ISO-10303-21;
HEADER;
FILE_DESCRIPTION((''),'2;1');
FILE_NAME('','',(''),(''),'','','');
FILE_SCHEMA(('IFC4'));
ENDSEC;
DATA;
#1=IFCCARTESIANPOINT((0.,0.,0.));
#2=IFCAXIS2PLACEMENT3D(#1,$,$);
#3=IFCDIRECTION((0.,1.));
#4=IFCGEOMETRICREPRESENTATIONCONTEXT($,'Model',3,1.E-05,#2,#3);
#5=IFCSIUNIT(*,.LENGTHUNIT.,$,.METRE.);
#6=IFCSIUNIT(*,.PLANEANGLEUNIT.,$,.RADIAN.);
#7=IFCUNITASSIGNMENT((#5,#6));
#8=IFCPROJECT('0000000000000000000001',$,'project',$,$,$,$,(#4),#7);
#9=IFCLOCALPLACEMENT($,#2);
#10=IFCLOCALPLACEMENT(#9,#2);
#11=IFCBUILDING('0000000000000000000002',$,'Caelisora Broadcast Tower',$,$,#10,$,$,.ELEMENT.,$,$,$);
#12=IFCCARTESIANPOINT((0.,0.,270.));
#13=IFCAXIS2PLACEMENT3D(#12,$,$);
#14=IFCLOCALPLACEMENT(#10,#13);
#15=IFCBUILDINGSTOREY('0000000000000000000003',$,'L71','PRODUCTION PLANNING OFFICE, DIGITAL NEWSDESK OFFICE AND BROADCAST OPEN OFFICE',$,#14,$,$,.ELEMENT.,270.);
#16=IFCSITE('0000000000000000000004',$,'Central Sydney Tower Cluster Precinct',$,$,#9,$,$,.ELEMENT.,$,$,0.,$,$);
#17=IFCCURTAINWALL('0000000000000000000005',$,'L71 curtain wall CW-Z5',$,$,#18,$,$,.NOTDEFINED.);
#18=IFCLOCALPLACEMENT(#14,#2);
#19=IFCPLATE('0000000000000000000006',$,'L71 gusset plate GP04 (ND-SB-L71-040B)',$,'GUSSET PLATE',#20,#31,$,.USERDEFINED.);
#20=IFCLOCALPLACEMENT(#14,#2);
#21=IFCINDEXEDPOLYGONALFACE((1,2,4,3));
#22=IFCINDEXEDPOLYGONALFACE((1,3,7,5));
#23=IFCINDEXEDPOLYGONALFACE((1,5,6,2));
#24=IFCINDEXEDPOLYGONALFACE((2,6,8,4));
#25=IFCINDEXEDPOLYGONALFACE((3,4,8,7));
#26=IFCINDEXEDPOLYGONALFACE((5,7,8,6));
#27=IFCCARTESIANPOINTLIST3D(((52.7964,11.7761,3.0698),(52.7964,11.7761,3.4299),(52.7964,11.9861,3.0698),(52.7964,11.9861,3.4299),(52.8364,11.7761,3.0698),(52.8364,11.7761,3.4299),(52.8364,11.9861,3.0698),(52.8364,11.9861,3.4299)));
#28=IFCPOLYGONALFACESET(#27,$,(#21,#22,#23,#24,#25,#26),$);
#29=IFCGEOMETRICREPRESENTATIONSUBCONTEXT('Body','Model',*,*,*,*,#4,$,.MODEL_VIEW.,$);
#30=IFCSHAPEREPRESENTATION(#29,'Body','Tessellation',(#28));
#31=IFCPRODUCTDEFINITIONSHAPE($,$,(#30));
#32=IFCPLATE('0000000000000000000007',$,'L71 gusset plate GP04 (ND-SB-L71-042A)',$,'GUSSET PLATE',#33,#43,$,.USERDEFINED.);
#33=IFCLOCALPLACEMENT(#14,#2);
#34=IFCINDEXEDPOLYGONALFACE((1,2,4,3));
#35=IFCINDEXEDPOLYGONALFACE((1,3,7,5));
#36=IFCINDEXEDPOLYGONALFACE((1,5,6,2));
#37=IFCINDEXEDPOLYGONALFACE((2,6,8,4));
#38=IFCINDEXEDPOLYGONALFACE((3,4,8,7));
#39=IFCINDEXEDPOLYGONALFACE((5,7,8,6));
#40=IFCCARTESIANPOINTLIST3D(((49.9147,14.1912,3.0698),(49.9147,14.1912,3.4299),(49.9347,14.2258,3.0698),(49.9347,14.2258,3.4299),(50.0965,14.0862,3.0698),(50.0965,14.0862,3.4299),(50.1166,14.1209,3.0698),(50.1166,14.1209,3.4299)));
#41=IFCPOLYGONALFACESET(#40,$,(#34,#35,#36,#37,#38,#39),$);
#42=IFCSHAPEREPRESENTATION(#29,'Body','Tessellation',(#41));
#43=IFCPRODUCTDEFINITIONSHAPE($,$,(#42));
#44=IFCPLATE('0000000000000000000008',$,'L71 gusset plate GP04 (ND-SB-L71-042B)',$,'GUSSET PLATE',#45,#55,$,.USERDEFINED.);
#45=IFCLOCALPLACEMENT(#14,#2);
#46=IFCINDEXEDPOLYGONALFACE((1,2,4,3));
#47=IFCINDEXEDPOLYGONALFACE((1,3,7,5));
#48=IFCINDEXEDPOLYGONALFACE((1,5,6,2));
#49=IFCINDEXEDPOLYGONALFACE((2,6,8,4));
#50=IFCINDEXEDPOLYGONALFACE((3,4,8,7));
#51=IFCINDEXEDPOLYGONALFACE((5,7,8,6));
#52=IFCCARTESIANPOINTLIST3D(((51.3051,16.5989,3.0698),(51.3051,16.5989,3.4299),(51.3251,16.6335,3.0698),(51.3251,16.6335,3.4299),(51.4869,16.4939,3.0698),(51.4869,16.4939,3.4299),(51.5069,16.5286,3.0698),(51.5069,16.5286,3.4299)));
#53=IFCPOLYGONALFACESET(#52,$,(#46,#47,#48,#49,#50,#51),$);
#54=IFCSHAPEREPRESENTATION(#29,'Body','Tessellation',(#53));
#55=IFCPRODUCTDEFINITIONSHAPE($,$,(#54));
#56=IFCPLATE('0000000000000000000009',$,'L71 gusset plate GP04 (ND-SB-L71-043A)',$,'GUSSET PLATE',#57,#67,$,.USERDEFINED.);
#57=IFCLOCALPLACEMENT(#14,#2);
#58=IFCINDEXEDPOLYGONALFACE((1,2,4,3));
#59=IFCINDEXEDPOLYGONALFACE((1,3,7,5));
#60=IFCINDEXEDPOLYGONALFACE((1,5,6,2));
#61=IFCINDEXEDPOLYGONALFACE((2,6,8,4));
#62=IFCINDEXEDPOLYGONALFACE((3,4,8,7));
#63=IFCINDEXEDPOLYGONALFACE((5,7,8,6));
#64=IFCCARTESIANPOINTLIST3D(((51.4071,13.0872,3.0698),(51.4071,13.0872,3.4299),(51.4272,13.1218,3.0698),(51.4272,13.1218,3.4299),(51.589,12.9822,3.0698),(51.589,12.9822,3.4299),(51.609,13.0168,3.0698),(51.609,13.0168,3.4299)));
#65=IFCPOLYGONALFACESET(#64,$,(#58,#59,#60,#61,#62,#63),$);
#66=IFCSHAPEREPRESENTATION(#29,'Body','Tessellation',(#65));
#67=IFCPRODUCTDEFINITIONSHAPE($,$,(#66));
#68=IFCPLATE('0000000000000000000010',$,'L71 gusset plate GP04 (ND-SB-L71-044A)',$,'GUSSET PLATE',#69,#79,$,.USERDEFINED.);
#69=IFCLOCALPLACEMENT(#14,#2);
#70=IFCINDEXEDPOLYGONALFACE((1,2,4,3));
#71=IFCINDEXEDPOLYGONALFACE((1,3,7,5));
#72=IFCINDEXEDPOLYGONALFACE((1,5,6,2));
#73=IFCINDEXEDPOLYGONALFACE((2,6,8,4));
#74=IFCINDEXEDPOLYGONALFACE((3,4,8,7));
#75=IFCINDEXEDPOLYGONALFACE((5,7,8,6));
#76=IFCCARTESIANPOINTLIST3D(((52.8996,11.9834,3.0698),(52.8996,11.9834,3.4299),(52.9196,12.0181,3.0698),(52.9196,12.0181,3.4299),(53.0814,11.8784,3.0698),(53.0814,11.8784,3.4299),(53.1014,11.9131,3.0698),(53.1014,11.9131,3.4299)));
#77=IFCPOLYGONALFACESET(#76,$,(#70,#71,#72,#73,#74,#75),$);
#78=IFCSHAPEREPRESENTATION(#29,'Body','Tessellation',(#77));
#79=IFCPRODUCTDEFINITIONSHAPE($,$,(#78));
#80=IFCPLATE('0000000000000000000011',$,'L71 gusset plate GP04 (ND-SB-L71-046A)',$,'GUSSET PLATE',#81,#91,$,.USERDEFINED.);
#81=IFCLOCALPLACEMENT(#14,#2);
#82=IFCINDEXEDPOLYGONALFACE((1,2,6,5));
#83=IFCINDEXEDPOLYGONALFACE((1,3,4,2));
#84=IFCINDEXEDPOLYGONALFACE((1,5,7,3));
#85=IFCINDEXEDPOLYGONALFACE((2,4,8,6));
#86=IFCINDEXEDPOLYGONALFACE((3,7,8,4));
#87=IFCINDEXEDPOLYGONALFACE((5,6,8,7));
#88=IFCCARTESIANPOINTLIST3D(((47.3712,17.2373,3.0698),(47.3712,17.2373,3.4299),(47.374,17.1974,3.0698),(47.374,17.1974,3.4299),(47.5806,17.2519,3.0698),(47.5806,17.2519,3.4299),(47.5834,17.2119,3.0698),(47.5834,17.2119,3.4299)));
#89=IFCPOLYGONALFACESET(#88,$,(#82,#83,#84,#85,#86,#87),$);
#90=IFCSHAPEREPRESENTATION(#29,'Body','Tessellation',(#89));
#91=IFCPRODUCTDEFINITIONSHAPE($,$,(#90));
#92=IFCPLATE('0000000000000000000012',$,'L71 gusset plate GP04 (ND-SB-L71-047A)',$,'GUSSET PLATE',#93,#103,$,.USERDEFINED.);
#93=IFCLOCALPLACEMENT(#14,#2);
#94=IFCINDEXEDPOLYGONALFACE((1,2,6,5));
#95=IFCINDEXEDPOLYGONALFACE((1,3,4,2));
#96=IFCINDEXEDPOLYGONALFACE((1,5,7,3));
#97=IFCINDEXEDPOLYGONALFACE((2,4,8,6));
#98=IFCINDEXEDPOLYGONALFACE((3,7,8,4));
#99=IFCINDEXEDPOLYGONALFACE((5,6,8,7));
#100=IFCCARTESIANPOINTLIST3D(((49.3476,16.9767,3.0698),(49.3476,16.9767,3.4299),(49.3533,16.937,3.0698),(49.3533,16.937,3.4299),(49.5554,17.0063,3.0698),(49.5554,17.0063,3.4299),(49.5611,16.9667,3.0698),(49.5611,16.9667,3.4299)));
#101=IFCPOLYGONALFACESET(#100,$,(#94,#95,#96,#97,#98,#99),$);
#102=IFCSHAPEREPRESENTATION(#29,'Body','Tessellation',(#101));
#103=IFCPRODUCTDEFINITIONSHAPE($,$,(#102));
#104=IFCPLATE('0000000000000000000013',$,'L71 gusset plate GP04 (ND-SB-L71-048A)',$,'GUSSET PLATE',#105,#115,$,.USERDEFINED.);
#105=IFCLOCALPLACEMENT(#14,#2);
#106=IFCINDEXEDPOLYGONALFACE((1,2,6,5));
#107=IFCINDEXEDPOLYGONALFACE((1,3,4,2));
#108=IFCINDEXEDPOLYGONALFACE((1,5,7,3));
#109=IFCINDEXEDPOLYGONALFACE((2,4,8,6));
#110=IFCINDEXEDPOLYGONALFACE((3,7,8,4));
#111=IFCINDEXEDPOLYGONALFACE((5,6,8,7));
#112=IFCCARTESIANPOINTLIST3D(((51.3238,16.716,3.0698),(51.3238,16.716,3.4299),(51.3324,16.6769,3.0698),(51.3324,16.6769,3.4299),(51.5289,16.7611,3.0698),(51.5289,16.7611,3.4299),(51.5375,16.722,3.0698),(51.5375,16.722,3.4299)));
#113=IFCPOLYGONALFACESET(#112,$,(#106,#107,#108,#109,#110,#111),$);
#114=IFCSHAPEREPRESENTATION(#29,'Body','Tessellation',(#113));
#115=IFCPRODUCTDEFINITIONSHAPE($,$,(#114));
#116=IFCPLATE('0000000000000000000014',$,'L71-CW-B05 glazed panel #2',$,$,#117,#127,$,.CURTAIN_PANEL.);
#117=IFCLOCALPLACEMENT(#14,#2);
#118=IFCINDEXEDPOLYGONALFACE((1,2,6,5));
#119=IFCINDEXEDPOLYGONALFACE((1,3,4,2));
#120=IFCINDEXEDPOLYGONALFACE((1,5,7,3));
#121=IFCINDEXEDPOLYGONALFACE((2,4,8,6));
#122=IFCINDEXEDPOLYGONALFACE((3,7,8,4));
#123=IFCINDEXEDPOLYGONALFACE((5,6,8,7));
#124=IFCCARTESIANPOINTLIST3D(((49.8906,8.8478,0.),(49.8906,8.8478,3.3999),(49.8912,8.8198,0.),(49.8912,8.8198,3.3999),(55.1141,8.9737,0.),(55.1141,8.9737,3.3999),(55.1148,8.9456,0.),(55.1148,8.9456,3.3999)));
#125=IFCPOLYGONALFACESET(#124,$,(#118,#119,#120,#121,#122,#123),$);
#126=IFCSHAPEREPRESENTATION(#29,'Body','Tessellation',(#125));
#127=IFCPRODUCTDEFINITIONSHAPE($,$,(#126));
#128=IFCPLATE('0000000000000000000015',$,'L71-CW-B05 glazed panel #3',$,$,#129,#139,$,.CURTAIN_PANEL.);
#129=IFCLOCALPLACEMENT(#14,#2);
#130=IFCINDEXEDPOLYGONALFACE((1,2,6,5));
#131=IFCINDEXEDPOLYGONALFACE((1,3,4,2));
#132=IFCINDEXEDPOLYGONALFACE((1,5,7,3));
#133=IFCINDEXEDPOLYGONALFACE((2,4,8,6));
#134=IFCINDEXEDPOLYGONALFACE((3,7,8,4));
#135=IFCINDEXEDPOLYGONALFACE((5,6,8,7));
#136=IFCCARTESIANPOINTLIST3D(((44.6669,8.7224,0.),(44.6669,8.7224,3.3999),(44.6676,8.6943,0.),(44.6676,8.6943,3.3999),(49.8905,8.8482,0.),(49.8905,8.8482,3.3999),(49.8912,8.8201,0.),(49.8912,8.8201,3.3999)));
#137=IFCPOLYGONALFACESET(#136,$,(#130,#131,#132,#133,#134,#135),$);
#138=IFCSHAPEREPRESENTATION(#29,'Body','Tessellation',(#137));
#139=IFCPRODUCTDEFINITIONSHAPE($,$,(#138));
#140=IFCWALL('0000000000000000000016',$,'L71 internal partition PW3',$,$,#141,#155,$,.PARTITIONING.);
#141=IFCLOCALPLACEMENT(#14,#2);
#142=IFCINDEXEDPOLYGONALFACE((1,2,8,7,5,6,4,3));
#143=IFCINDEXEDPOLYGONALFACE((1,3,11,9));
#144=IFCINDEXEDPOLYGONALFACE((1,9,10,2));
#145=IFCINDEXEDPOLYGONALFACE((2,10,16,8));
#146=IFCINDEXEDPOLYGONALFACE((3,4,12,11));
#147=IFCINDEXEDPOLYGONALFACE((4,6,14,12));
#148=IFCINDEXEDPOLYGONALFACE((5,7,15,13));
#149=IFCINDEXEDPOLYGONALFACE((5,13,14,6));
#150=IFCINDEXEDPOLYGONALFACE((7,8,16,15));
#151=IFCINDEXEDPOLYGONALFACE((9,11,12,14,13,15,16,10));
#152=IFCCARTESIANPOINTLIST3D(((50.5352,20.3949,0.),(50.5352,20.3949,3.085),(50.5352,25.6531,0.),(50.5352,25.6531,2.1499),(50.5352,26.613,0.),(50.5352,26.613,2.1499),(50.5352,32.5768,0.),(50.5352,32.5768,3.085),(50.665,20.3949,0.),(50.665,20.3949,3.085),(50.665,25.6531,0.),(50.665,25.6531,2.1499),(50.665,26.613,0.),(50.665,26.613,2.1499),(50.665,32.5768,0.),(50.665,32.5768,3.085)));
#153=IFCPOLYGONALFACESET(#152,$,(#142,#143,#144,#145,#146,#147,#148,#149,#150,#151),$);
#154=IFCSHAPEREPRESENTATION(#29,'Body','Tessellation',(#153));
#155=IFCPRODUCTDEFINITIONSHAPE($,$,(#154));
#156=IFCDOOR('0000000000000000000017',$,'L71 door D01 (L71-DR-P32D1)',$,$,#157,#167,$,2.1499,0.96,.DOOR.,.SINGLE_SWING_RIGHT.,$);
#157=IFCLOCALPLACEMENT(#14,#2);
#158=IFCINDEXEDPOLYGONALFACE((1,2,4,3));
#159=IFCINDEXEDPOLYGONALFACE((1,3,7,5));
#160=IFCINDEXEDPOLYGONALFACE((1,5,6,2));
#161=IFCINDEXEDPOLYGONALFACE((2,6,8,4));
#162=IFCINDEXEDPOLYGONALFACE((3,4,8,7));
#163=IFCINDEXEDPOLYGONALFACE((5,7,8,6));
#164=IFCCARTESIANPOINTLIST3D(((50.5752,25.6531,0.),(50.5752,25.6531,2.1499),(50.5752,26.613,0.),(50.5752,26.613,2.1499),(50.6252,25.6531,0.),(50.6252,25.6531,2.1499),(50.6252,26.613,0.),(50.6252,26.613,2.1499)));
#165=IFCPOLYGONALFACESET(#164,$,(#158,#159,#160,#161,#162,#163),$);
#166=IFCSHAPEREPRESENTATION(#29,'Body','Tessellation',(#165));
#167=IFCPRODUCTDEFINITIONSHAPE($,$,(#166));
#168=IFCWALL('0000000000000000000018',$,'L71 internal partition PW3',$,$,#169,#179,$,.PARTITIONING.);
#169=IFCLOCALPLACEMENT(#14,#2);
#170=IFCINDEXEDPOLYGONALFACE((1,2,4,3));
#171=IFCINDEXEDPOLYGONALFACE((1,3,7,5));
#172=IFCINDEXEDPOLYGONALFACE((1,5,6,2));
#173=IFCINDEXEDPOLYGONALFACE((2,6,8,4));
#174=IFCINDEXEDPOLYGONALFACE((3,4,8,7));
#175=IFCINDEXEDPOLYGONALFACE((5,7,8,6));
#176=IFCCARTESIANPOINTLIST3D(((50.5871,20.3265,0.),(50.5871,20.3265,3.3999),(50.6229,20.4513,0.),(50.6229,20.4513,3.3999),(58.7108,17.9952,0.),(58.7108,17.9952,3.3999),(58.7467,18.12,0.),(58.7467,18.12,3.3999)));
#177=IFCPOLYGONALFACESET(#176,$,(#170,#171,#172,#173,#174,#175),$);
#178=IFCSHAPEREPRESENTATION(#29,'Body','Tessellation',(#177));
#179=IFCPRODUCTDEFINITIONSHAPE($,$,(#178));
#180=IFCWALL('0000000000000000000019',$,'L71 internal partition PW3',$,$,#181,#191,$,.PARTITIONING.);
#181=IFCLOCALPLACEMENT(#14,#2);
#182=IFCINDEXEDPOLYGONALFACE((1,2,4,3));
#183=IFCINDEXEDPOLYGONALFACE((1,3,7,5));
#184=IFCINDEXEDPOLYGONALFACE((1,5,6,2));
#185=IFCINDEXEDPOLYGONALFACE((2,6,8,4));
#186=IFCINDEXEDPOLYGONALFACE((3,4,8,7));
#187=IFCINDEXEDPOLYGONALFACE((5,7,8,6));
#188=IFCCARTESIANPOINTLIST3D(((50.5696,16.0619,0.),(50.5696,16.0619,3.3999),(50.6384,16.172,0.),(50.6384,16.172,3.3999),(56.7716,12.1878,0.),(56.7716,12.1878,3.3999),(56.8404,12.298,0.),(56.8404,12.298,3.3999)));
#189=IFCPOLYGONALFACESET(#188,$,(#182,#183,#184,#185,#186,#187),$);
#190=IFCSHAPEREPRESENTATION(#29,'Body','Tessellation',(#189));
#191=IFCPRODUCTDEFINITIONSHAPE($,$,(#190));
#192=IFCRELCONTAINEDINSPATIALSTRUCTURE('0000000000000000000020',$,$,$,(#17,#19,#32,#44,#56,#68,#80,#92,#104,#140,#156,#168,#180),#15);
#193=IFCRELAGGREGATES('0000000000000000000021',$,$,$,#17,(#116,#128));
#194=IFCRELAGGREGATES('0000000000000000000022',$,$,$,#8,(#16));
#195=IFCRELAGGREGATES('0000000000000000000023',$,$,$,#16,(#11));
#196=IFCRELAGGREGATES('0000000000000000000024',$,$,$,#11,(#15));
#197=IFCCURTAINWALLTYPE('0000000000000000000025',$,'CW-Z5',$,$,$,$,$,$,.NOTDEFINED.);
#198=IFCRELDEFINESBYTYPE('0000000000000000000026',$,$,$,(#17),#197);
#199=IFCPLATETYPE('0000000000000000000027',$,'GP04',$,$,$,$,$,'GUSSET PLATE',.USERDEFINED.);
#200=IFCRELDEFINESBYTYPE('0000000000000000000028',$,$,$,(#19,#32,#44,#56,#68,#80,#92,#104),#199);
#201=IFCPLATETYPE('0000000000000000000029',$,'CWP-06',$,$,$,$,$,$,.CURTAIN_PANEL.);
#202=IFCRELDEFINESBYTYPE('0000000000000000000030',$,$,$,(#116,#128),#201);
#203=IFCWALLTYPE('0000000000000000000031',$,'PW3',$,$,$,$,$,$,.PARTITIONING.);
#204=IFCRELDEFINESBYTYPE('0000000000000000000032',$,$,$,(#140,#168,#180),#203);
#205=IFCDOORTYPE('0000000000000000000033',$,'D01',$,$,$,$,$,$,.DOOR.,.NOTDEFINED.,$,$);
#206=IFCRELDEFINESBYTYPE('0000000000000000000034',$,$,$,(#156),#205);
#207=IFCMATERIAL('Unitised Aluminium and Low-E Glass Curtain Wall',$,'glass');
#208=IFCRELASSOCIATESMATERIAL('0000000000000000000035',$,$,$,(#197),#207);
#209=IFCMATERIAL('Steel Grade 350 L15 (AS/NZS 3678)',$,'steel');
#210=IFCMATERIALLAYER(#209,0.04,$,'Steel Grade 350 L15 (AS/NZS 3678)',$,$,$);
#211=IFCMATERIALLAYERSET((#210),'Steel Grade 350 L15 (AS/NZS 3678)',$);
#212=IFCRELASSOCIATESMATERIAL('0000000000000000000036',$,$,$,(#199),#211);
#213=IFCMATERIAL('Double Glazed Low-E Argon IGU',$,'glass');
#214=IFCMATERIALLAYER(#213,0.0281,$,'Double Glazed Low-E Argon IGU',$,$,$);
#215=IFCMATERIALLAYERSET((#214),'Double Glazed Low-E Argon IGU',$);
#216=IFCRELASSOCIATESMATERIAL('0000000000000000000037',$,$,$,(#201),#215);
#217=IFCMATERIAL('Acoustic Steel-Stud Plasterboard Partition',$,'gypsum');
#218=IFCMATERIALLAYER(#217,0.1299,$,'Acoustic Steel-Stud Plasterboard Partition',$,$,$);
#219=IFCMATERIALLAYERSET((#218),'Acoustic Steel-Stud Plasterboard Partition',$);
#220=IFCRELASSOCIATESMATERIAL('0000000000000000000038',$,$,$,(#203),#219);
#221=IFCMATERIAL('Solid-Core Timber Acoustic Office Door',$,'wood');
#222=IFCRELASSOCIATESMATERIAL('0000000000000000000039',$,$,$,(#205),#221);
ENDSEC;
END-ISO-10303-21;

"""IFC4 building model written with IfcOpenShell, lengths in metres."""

from ifc_helpers import new_model, si_unit, direction, frame, frame_2d, origin, origin_2d, place, context, subcontext, project, spatial, rectangle, extrude, source, transform, mapped, material, layer, layer_set, type_object, type_shapes, element, fill, aggregate, save


model = new_model("IFC4")

# Units and contexts
model_context = context("Model", 3, precision=1e-05, world=origin(), true_north=direction((0.0, 1.0)))
body_context = subcontext(model_context, "Body", "Model", "MODEL_VIEW")
ifc_project = project(units=[si_unit("LENGTHUNIT", "METRE"), si_unit("PLANEANGLEUNIT", "RADIAN")], contexts=[model_context])

# Site, building, storey
site_placement = place(None, origin())
site = spatial("IfcSite", under=ifc_project, at=site_placement, Name="Central Sydney Tower Cluster Precinct", CompositionType="ELEMENT", RefElevation=0.0)
building_placement = place(site_placement, origin())
building = spatial("IfcBuilding", under=site, at=building_placement, Name="Caelisora Broadcast Tower", CompositionType="ELEMENT")
storey_placement = place(building_placement, frame((0.0, 0.0, 270.0)))
storey = spatial("IfcBuildingStorey", under=building, at=storey_placement, Name="L71", Description="PRODUCTION PLANNING OFFICE, DIGITAL NEWSDESK OFFICE AND BROADCAST OPEN OFFICE", CompositionType="ELEMENT", Elevation=270.0)

# Curtain wall
ifc_material_1 = material(Name="Unitised Aluminium and Low-E Glass Curtain Wall", Category="glass")
curtain_wall_type = type_object("IfcCurtainWallType", Name="CW-Z5", PredefinedType="NOTDEFINED", material=ifc_material_1)
curtain_wall_placement = place(storey_placement, origin())
curtain_wall = element("IfcCurtainWall", 1, at=curtain_wall_placement, inside=storey, type_object=curtain_wall_type, Name="L71 curtain wall CW-Z5", PredefinedType="NOTDEFINED")

# Plates
ifc_material_2 = material(Name="Steel Grade 350 L15 (AS/NZS 3678)", Category="steel")
ifc_layer_1 = layer(ifc_material_2, 0.04, Name="Steel Grade 350 L15 (AS/NZS 3678)")
ifc_layer_set_1 = layer_set([ifc_layer_1], Name="Steel Grade 350 L15 (AS/NZS 3678)")
plate_type_1 = type_object("IfcPlateType", Name="GP04", ElementType="GUSSET PLATE", PredefinedType="USERDEFINED", material=ifc_layer_set_1)
shared_shape_1 = source(origin(), body_context, "Body", "SweptSolid", [
    extrude(rectangle(XDim=0.21, YDim=0.04, at=origin_2d()), origin(), (0.0, 0.0, 1.0), 0.3601),
])
type_shapes(plate_type_1, [shared_shape_1])
for number, where, z_axis, x_axis, name in (
    (2, (52.8164, 11.8811, 3.0698), (0.0, 0.0, 1.0), (0.0, 1.0, 0.0), "L71 gusset plate GP04 (ND-SB-L71-040B)"),
    (3, (50.0156, 14.156, 3.0698), (0.0, 0.0, 1.0), (-0.866025, 0.5, 0.0), "L71 gusset plate GP04 (ND-SB-L71-042A)"),
    (4, (51.406, 16.5637, 3.0698), (0.0, 0.0, 1.0), (-0.866025, 0.5, 0.0), "L71 gusset plate GP04 (ND-SB-L71-042B)"),
    (5, (51.5081, 13.052, 3.0698), (0.0, 0.0, 1.0), (-0.866025, 0.5, 0.0), "L71 gusset plate GP04 (ND-SB-L71-043A)"),
    (6, (53.0005, 11.9482, 3.0698), (0.0, 0.0, 1.0), (-0.866025, 0.5, 0.0), "L71 gusset plate GP04 (ND-SB-L71-044A)"),
    (7, (47.4773, 17.2246, 3.0698), (0.0, 0.0, 1.0), (-0.997588, -0.069408, 0.0), "L71 gusset plate GP04 (ND-SB-L71-046A)"),
    (8, (49.4543, 16.9717, 3.0698), (0.0, 0.0, 1.0), (-0.98995, -0.14142, 0.0), "L71 gusset plate GP04 (ND-SB-L71-047A)"),
    (9, (51.4307, 16.719, 3.0698), (0.0, 0.0, 1.0), (-0.976597, -0.215076, 0.0), "L71 gusset plate GP04 (ND-SB-L71-048A)"),
):
    element("IfcPlate", number, at=place(storey_placement, frame(where, z_axis=z_axis, x_axis=x_axis)), inside=storey, type_object=plate_type_1, Name=name, ObjectType="GUSSET PLATE", PredefinedType="USERDEFINED", context=body_context, shape_type="MappedRepresentation", body=[
        mapped(shared_shape_1, transform((0.0, 0.0, 0.0), scale=1.0)),
    ])

# Plates
ifc_material_3 = material(Name="Double Glazed Low-E Argon IGU", Category="glass")
ifc_layer_2 = layer(ifc_material_3, 0.0281, Name="Double Glazed Low-E Argon IGU")
ifc_layer_set_2 = layer_set([ifc_layer_2], Name="Double Glazed Low-E Argon IGU")
plate_type_2 = type_object("IfcPlateType", Name="CWP-06", PredefinedType="CURTAIN_PANEL", material=ifc_layer_set_2)
shared_shape_2 = source(origin(), body_context, "Body", "SweptSolid", [
    extrude(rectangle(XDim=5.2251, YDim=0.0281, at=origin_2d()), origin(), (0.0, 0.0, 1.0), 3.3999),
])
type_shapes(plate_type_2, [shared_shape_2])
plate_1_placement = place(storey_placement, frame((52.5027, 8.8967, 0.0), z_axis=(0.0, 0.0, 1.0), x_axis=(-0.99971, -0.024083, 0.0)))
plate_1 = element("IfcPlate", 10, at=plate_1_placement, type_object=plate_type_2, Name="L71-CW-B05 glazed panel #2", PredefinedType="CURTAIN_PANEL", context=body_context, shape_type="MappedRepresentation", body=[
    mapped(shared_shape_2, transform((0.0, 0.0, 0.0), scale=1.0)),
])
plate_2_placement = place(storey_placement, frame((47.2791, 8.7712, 0.0), z_axis=(0.0, 0.0, 1.0), x_axis=(-0.99971, -0.024083, 0.0)))
plate_2 = element("IfcPlate", 11, at=plate_2_placement, type_object=plate_type_2, Name="L71-CW-B05 glazed panel #3", PredefinedType="CURTAIN_PANEL", context=body_context, shape_type="MappedRepresentation", body=[
    mapped(shared_shape_2, transform((0.0, 0.0, 0.0), scale=1.0)),
])
aggregate(curtain_wall, [plate_1, plate_2])

# Wall, opening, door
ifc_material_4 = material(Name="Acoustic Steel-Stud Plasterboard Partition", Category="gypsum")
ifc_layer_3 = layer(ifc_material_4, 0.1299, Name="Acoustic Steel-Stud Plasterboard Partition")
ifc_layer_set_3 = layer_set([ifc_layer_3], Name="Acoustic Steel-Stud Plasterboard Partition")
wall_type = type_object("IfcWallType", Name="PW3", PredefinedType="PARTITIONING", material=ifc_layer_set_3)
wall_1_placement = place(storey_placement, frame((50.6001, 20.395, 0.0), z_axis=(0.0, 0.0, 1.0), x_axis=(0.0, 1.0, 0.0)))
wall_1 = element("IfcWall", 12, at=wall_1_placement, inside=storey, type_object=wall_type, Name="L71 internal partition PW3", PredefinedType="PARTITIONING", context=body_context, shape_type="SweptSolid", body=[
    extrude(rectangle(XDim=12.1819, YDim=0.1299, at=frame_2d((6.0908, 0.0))), origin(), (0.0, 0.0, 1.0), 3.085),
])
opening_1_placement = place(wall_1_placement, frame((5.2581, 0.0, 0.0)))
opening_1 = element("IfcOpeningElement", 13, at=opening_1_placement, cuts=wall_1, PredefinedType="OPENING", context=body_context, shape_type="SweptSolid", body=[
    extrude(rectangle(XDim=0.96, YDim=2.1499, at=frame_2d((0.48, 1.075))), frame((0.0, 0.0769, 0.0), z_axis=(0.0, -1.0, 0.0), x_axis=(1.0, 0.0, 0.0)), (0.0, 0.0, 1.0), 0.1538),
])
ifc_material_5 = material(Name="Solid-Core Timber Acoustic Office Door", Category="wood")
door_type = type_object("IfcDoorType", Name="D01", OperationType="NOTDEFINED", PredefinedType="DOOR", material=ifc_material_5)
door_1_placement = place(opening_1_placement, origin())
door_1 = element("IfcDoor", 14, at=door_1_placement, inside=storey, type_object=door_type, Name="L71 door D01 (L71-DR-P32D1)", OperationType="SINGLE_SWING_RIGHT", OverallHeight=2.1499, OverallWidth=0.96, PredefinedType="DOOR", context=body_context, shape_type="SweptSolid", body=[
    extrude(rectangle(XDim=0.96, YDim=2.1499, at=frame_2d((0.48, 1.075))), frame((0.0, 0.0249, 0.0), z_axis=(0.0, -1.0, 0.0), x_axis=(1.0, 0.0, 0.0)), (0.0, 0.0, 1.0), 0.05),
])
fill(opening_1, door_1)

# Walls
wall_2_placement = place(storey_placement, frame((50.605, 20.3889, 0.0), z_axis=(0.0, 0.0, 1.0), x_axis=(0.961204, -0.275839, 0.0)))
element("IfcWall", 15, at=wall_2_placement, inside=storey, type_object=wall_type, Name="L71 internal partition PW3", PredefinedType="PARTITIONING", context=body_context, shape_type="SweptSolid", body=[
    extrude(rectangle(XDim=8.4517, YDim=0.1299, at=frame_2d((4.2258, 0.0))), origin(), (0.0, 0.0, 1.0), 3.3999),
])
wall_3_placement = place(storey_placement, frame((50.604, 16.1169, 0.0), z_axis=(0.0, 0.0, 1.0), x_axis=(0.848131, -0.529786, 0.0)))
element("IfcWall", 16, at=wall_3_placement, inside=storey, type_object=wall_type, Name="L71 internal partition PW3", PredefinedType="PARTITIONING", context=body_context, shape_type="SweptSolid", body=[
    extrude(rectangle(XDim=7.3125, YDim=0.1299, at=frame_2d((3.6562, 0.0))), origin(), (0.0, 0.0, 1.0), 3.3999),
])

save(model, "model.ifc")
